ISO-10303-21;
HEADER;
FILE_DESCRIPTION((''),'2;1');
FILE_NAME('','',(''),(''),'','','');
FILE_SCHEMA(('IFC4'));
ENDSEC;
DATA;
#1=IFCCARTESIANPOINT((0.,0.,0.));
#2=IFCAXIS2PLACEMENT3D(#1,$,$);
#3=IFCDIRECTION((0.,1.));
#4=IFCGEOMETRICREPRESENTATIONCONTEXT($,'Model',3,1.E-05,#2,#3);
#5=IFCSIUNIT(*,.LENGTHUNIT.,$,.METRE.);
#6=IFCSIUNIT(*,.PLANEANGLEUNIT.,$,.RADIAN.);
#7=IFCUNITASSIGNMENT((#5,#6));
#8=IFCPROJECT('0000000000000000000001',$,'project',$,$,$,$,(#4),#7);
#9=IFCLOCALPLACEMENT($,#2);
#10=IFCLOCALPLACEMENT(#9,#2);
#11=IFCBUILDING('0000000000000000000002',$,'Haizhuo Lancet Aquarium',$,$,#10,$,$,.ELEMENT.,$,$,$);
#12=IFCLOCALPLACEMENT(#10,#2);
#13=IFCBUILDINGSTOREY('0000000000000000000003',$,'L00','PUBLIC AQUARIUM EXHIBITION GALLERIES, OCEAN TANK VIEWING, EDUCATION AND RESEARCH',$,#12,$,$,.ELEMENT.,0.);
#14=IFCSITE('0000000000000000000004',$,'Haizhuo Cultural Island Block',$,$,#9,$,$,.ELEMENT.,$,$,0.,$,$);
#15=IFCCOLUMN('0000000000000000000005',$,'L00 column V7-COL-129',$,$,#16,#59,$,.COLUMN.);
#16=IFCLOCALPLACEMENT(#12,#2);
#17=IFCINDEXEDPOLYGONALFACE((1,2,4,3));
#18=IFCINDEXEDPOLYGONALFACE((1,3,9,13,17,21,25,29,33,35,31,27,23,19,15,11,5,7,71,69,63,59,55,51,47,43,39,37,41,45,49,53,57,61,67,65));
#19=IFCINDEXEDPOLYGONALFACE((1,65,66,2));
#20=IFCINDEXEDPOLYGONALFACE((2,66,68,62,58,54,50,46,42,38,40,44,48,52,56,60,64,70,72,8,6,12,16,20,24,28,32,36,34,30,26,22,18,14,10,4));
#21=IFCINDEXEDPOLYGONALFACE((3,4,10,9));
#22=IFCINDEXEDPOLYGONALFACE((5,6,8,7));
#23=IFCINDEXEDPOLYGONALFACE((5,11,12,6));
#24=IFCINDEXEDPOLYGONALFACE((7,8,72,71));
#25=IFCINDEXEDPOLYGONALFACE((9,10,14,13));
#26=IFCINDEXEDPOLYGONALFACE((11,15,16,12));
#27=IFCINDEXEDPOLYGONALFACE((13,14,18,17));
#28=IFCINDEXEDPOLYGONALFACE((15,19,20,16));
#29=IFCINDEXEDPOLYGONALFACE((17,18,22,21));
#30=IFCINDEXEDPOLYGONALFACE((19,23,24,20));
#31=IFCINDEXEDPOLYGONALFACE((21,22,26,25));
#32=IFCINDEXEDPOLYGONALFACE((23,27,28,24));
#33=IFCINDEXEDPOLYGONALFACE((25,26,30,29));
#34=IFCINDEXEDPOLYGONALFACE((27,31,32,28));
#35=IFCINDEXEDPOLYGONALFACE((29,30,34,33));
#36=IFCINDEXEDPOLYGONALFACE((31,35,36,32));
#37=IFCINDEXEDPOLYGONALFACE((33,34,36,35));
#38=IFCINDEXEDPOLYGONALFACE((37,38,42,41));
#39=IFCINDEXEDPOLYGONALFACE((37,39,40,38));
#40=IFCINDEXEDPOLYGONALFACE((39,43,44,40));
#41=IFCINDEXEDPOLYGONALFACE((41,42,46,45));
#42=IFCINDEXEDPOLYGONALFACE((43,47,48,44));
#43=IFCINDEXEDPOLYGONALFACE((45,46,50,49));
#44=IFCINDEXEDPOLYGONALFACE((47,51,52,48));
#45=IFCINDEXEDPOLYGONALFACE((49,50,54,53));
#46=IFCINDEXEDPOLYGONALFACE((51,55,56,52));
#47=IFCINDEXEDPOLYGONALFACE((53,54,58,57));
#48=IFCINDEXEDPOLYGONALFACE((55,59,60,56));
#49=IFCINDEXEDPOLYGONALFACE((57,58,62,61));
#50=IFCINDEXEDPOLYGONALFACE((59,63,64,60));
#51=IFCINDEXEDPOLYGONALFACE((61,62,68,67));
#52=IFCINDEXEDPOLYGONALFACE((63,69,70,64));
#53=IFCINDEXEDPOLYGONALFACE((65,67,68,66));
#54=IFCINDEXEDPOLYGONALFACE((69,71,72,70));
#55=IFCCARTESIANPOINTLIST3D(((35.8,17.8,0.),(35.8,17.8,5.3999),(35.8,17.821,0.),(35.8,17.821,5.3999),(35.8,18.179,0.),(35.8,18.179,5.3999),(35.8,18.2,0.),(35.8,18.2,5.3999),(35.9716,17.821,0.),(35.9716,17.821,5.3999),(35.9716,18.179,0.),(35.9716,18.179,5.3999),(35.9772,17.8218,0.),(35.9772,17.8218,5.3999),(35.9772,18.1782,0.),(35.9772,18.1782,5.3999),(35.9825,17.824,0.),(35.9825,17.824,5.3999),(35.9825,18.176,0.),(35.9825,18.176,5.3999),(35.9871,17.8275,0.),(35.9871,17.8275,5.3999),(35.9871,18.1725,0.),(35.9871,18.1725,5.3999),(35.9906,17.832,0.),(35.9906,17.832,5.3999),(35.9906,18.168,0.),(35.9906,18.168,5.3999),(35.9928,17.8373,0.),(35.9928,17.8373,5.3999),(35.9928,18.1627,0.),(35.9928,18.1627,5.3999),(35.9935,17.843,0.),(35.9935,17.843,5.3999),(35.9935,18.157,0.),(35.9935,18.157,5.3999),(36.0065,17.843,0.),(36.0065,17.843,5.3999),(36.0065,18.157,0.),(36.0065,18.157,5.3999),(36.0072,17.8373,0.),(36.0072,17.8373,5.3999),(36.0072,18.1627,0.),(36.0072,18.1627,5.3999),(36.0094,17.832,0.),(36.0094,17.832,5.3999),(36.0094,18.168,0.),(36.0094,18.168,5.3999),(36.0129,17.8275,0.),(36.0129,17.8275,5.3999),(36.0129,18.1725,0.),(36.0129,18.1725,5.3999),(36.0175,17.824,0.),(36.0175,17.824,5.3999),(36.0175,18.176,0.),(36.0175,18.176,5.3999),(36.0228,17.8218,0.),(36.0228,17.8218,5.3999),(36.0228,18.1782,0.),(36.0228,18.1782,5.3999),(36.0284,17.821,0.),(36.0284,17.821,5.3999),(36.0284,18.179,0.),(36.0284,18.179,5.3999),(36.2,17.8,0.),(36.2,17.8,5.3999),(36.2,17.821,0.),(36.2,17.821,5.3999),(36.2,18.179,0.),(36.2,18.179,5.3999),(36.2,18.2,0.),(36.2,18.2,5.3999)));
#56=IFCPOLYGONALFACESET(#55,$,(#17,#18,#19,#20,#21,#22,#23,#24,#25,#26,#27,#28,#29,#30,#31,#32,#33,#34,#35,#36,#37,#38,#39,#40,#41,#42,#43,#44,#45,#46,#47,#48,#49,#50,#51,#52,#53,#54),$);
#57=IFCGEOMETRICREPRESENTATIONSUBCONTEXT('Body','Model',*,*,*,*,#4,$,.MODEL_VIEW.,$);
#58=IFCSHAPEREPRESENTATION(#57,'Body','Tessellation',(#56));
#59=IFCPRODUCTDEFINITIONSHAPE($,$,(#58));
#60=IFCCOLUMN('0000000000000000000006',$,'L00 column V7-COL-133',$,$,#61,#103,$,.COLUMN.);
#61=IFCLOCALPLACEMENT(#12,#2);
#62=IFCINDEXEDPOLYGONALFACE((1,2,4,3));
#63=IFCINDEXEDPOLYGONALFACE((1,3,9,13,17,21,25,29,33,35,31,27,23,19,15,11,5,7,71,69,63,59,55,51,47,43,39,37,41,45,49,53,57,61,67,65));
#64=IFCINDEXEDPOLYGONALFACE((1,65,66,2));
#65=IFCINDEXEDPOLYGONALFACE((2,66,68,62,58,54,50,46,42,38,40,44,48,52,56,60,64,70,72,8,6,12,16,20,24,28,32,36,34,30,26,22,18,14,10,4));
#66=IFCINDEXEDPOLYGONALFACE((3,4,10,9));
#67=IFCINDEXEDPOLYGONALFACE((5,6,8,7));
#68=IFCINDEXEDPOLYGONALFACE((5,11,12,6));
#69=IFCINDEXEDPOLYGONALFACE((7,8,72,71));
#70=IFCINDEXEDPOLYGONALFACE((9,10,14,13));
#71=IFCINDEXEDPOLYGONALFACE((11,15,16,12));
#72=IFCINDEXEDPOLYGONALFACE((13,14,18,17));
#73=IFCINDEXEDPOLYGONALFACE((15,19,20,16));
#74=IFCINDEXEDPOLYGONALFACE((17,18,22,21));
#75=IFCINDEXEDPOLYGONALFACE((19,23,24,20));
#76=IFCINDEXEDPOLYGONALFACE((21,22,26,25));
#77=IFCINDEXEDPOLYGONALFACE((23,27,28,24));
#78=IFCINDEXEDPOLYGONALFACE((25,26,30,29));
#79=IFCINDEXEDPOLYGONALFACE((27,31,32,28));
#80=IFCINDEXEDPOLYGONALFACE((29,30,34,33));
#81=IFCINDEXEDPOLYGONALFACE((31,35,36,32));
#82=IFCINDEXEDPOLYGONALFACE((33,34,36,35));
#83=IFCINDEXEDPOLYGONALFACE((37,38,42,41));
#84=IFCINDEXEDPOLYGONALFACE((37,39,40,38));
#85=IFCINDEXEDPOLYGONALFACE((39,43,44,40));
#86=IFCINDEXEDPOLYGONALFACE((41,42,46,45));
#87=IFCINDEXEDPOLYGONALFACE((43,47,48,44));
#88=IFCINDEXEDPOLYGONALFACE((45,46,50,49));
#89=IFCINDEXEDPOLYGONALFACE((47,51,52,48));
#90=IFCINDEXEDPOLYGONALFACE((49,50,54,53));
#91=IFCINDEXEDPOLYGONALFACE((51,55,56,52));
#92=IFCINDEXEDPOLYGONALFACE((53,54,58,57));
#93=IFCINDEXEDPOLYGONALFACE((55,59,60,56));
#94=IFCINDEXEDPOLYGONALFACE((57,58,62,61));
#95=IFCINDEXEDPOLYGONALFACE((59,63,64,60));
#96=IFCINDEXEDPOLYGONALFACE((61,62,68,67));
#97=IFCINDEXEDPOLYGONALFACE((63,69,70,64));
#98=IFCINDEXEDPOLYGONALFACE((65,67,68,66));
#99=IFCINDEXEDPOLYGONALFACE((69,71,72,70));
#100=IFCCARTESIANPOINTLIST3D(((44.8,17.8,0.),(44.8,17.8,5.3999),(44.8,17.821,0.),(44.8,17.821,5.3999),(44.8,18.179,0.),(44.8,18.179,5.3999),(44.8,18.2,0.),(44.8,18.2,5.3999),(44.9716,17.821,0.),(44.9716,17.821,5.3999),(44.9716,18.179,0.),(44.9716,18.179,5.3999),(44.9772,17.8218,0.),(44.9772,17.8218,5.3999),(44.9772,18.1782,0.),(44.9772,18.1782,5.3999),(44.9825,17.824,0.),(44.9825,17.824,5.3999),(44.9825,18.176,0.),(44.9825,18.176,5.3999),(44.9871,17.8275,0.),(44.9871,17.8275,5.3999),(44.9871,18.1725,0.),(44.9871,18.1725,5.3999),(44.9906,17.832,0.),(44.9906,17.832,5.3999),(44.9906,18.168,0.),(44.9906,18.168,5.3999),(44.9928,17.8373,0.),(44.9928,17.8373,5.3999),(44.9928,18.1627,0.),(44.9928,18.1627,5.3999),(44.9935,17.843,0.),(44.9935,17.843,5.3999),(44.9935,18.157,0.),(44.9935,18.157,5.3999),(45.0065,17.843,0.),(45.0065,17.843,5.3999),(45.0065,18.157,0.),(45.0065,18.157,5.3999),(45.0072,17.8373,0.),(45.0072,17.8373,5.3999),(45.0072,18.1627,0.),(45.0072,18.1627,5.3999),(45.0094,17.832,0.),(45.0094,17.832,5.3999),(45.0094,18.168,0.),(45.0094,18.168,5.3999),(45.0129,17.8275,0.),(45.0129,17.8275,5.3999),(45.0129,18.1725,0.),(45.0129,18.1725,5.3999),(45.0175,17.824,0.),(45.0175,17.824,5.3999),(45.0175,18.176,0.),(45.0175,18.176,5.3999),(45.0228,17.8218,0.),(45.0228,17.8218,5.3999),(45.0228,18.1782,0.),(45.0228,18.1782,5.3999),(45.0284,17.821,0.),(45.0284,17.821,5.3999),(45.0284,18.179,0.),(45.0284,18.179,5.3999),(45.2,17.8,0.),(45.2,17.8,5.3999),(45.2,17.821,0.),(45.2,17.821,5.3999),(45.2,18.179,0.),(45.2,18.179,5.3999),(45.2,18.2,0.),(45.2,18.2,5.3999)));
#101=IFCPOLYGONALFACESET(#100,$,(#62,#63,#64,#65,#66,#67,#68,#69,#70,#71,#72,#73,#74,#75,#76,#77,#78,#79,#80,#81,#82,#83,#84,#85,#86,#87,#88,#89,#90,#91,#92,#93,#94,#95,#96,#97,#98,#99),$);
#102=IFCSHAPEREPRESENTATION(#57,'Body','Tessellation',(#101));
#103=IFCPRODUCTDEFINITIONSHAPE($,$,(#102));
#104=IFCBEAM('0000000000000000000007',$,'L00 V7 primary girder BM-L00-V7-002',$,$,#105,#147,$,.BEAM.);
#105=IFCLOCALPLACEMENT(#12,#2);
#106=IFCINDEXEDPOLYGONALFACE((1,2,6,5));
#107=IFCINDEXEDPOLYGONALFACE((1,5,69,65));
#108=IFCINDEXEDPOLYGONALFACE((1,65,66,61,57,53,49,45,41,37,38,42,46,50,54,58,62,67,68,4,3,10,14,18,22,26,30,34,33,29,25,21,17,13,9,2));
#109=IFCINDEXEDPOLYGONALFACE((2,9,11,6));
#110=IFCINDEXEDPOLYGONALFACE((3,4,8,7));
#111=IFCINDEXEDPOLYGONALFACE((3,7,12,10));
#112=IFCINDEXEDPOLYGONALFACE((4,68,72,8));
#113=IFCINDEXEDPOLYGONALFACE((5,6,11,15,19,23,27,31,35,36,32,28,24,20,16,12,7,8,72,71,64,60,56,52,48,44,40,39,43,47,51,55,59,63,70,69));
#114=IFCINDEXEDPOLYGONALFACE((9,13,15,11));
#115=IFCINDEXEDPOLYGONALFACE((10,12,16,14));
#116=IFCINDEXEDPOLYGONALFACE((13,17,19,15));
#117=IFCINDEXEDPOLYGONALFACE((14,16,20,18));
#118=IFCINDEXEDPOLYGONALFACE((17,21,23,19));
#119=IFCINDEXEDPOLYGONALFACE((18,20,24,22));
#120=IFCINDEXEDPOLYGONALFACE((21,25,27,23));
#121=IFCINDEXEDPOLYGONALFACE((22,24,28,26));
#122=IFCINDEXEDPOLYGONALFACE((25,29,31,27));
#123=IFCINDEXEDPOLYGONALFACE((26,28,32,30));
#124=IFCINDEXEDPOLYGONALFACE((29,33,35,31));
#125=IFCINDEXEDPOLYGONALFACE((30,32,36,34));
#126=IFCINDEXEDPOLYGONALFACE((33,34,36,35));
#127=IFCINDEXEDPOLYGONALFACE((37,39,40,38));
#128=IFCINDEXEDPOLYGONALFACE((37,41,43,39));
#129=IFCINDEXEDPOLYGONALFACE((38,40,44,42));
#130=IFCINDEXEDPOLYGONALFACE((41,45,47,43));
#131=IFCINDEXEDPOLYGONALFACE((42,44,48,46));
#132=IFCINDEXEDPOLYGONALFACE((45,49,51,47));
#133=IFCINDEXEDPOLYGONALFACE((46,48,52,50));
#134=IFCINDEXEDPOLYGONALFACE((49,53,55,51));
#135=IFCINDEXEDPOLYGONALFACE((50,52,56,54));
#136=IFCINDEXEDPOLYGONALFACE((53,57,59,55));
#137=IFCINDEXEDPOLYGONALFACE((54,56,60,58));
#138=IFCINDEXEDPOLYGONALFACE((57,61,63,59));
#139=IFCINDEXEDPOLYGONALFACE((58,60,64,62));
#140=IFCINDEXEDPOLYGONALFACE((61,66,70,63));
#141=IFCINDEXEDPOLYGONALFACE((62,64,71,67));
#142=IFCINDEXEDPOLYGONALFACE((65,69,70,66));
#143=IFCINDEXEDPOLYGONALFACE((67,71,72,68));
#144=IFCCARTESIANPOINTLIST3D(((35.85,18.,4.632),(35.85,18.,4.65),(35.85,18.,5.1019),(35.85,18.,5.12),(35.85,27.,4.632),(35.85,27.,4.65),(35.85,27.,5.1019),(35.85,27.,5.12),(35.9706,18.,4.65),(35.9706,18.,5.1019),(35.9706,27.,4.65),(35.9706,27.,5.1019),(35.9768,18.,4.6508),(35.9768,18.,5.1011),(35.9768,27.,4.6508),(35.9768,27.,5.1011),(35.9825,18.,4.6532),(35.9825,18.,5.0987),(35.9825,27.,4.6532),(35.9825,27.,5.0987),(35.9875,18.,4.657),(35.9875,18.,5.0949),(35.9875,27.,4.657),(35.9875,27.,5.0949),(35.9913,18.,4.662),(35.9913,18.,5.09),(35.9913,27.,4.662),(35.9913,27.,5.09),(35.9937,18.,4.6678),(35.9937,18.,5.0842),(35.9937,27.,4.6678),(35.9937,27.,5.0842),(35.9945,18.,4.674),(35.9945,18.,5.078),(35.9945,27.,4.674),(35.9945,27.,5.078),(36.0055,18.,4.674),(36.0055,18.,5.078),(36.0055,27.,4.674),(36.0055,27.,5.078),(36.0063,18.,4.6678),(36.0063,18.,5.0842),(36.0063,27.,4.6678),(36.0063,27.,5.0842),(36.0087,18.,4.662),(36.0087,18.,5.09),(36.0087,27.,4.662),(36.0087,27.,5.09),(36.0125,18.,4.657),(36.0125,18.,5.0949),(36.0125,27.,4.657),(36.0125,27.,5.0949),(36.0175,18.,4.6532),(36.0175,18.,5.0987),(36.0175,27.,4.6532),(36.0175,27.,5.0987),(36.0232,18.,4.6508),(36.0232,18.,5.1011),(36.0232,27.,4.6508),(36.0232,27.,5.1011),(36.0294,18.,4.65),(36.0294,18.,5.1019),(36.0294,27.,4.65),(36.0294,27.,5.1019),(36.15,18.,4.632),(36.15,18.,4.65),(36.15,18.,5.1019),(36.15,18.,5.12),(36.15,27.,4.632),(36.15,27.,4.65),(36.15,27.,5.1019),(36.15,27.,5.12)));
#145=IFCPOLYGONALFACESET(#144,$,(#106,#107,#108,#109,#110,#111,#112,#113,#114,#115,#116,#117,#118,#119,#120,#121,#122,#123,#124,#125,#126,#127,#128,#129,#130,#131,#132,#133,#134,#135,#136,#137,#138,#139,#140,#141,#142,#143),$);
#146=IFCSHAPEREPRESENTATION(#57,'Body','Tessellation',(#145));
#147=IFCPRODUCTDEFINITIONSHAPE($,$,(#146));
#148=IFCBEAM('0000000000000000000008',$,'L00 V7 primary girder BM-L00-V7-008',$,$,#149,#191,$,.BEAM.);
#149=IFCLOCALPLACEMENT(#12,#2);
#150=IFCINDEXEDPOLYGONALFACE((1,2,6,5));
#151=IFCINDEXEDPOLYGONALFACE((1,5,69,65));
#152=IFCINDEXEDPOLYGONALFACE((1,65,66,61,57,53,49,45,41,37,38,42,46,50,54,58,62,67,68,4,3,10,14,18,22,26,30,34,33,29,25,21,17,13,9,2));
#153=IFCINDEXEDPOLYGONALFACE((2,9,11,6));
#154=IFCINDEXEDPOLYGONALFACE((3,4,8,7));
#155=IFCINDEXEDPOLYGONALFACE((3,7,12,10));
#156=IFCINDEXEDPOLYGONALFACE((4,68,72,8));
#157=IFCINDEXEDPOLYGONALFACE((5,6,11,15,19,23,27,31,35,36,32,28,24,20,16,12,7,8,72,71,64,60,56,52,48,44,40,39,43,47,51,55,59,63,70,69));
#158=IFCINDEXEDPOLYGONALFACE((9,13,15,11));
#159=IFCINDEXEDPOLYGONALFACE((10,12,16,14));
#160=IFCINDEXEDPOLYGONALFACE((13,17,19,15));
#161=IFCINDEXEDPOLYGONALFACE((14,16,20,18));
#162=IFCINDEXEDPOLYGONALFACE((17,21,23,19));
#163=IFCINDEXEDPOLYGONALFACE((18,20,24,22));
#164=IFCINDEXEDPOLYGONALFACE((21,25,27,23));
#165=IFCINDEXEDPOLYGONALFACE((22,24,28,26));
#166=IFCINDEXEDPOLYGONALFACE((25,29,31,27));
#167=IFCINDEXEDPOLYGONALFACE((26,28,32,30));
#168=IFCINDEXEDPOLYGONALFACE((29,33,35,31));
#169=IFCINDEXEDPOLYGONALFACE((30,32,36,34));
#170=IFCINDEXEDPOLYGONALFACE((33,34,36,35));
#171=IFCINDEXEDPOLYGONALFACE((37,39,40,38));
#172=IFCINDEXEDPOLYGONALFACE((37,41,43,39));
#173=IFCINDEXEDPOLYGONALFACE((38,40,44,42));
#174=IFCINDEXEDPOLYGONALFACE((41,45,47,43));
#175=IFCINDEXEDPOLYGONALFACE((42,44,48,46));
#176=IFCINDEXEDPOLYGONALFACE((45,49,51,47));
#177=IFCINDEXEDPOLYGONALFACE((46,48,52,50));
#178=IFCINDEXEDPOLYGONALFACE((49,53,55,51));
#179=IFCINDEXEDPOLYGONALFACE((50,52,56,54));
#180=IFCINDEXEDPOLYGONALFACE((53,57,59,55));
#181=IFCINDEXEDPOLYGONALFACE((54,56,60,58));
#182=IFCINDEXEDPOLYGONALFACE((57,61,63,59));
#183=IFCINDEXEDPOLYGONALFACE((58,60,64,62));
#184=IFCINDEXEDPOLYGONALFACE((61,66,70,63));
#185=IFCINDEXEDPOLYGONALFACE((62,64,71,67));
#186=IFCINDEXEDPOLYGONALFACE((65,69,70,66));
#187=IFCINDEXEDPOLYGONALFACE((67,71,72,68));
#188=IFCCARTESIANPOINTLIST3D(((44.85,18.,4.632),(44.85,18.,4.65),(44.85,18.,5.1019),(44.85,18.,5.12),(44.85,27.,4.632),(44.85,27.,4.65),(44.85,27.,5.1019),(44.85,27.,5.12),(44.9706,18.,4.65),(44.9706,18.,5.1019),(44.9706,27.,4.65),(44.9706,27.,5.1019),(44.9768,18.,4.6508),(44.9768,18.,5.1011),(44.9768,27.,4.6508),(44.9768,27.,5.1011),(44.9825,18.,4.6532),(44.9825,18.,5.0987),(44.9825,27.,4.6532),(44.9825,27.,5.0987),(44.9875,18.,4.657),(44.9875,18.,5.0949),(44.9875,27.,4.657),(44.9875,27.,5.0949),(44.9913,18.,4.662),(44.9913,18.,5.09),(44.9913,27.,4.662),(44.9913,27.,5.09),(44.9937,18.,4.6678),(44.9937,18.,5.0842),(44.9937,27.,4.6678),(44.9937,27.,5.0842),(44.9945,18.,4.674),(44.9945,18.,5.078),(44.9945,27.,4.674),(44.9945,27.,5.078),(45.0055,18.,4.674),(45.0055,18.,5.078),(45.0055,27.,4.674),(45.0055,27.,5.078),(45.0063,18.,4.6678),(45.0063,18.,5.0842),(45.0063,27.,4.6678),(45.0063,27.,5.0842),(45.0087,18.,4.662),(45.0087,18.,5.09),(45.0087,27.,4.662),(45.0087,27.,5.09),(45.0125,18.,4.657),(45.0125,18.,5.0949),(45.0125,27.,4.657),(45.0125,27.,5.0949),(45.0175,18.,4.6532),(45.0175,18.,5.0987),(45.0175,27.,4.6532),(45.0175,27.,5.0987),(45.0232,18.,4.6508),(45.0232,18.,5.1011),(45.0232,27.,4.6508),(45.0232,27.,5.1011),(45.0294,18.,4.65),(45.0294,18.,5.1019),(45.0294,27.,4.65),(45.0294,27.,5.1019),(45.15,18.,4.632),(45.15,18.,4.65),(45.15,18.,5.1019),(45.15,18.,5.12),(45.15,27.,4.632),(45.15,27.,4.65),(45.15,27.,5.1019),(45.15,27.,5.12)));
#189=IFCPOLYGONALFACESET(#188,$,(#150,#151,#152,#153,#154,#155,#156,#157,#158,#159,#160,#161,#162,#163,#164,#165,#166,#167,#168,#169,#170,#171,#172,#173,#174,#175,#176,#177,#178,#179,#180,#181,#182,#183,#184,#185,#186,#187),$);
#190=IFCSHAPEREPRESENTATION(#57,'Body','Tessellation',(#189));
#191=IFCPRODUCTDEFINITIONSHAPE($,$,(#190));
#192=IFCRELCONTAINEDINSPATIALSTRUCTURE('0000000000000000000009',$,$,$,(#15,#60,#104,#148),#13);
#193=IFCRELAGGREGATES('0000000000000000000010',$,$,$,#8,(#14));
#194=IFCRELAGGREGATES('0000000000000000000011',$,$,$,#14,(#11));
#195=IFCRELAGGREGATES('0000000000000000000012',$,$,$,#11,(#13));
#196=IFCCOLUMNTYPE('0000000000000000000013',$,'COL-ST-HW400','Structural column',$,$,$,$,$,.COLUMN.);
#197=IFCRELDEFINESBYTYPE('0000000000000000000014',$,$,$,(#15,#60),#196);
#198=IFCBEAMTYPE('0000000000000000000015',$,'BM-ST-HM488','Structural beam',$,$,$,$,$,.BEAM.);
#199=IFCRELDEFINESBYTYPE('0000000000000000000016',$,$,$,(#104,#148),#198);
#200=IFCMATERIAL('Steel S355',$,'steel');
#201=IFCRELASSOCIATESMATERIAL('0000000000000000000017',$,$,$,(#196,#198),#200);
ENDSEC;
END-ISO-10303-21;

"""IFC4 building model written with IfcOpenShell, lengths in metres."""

from ifc_helpers import new_model, si_unit, direction, frame, origin, origin_2d, place, context, subcontext, project, spatial, i_section, extrude, material, material_profile, profile_set, type_object, element, save


model = new_model("IFC4")

# Units and contexts
model_context = context("Model", 3, precision=1e-05, world=origin(), true_north=direction((0.0, 1.0)))
body_context = subcontext(model_context, "Body", "Model", "MODEL_VIEW")
ifc_project = project(units=[si_unit("LENGTHUNIT", "METRE"), si_unit("PLANEANGLEUNIT", "RADIAN")], contexts=[model_context])

# Site, building, storey
site_placement = place(None, origin())
site = spatial("IfcSite", under=ifc_project, at=site_placement, Name="Haizhuo Cultural Island Block", CompositionType="ELEMENT", RefElevation=0.0)
building_placement = place(site_placement, origin())
building = spatial("IfcBuilding", under=site, at=building_placement, Name="Haizhuo Lancet Aquarium", CompositionType="ELEMENT")
storey_placement = place(building_placement, origin())
storey = spatial("IfcBuildingStorey", under=building, at=storey_placement, Name="L00", Description="PUBLIC AQUARIUM EXHIBITION GALLERIES, OCEAN TANK VIEWING, EDUCATION AND RESEARCH", CompositionType="ELEMENT", Elevation=0.0)

# Columns
ifc_material_1 = material(Name="Steel S355", Category="steel")
ifc_material_profile_1 = material_profile(ifc_material_1, i_section(OverallWidth=0.3999, OverallDepth=0.3999, WebThickness=0.0129, FlangeThickness=0.021, FilletRadius=0.022, at=origin_2d()), Name="HW 400x400x13x21")
ifc_profile_set_1 = profile_set([ifc_material_profile_1], Name="Steel S355")
column_type = type_object("IfcColumnType", Name="COL-ST-HW400", Description="Structural column", PredefinedType="COLUMN", material=ifc_profile_set_1)
for number, where, z_axis, x_axis, name in (
    (1, (36.0, 18.0, 0.0), (0.0, 0.0, 1.0), (1.0, 0.0, 0.0), "L00 column V7-COL-129"),
    (2, (45.0, 18.0, 0.0), (0.0, 0.0, 1.0), (1.0, 0.0, 0.0), "L00 column V7-COL-133"),
):
    element("IfcColumn", number, at=place(storey_placement, frame(where, z_axis=z_axis, x_axis=x_axis)), inside=storey, type_object=column_type, Name=name, PredefinedType="COLUMN", context=body_context, shape_type="SweptSolid", body=[
        extrude(i_section(OverallWidth=0.3999, OverallDepth=0.3999, WebThickness=0.0129, FlangeThickness=0.021, FilletRadius=0.022, at=origin_2d()), origin(), (0.0, 0.0, 1.0), 5.3999),
    ])

# Beams
ifc_material_profile_2 = material_profile(ifc_material_1, i_section(OverallWidth=0.3, OverallDepth=0.488, WebThickness=0.011, FlangeThickness=0.0181, FilletRadius=0.0239, at=origin_2d()), Name="HM 488x300x11x18")
ifc_profile_set_2 = profile_set([ifc_material_profile_2], Name="Steel S355")
beam_type_1 = type_object("IfcBeamType", Name="BM-ST-HM488", Description="Structural beam", PredefinedType="BEAM", material=ifc_profile_set_2)
for number, where, z_axis, x_axis, name in (
    (3, (36.0, 18.0, 4.876), (0.0, 1.0, 0.0), (-1.0, 0.0, 0.0), "L00 V7 primary girder BM-L00-V7-002"),
    (4, (45.0, 18.0, 4.876), (0.0, 1.0, 0.0), (-1.0, 0.0, 0.0), "L00 V7 primary girder BM-L00-V7-008"),
):
    element("IfcBeam", number, at=place(storey_placement, frame(where, z_axis=z_axis, x_axis=x_axis)), inside=storey, type_object=beam_type_1, Name=name, PredefinedType="BEAM", context=body_context, shape_type="SweptSolid", body=[
        extrude(i_section(OverallWidth=0.3, OverallDepth=0.488, WebThickness=0.011, FlangeThickness=0.0181, FilletRadius=0.0239, at=origin_2d()), origin(), (0.0, 0.0, 1.0), 9.0),
    ])

save(model, "model.ifc")
